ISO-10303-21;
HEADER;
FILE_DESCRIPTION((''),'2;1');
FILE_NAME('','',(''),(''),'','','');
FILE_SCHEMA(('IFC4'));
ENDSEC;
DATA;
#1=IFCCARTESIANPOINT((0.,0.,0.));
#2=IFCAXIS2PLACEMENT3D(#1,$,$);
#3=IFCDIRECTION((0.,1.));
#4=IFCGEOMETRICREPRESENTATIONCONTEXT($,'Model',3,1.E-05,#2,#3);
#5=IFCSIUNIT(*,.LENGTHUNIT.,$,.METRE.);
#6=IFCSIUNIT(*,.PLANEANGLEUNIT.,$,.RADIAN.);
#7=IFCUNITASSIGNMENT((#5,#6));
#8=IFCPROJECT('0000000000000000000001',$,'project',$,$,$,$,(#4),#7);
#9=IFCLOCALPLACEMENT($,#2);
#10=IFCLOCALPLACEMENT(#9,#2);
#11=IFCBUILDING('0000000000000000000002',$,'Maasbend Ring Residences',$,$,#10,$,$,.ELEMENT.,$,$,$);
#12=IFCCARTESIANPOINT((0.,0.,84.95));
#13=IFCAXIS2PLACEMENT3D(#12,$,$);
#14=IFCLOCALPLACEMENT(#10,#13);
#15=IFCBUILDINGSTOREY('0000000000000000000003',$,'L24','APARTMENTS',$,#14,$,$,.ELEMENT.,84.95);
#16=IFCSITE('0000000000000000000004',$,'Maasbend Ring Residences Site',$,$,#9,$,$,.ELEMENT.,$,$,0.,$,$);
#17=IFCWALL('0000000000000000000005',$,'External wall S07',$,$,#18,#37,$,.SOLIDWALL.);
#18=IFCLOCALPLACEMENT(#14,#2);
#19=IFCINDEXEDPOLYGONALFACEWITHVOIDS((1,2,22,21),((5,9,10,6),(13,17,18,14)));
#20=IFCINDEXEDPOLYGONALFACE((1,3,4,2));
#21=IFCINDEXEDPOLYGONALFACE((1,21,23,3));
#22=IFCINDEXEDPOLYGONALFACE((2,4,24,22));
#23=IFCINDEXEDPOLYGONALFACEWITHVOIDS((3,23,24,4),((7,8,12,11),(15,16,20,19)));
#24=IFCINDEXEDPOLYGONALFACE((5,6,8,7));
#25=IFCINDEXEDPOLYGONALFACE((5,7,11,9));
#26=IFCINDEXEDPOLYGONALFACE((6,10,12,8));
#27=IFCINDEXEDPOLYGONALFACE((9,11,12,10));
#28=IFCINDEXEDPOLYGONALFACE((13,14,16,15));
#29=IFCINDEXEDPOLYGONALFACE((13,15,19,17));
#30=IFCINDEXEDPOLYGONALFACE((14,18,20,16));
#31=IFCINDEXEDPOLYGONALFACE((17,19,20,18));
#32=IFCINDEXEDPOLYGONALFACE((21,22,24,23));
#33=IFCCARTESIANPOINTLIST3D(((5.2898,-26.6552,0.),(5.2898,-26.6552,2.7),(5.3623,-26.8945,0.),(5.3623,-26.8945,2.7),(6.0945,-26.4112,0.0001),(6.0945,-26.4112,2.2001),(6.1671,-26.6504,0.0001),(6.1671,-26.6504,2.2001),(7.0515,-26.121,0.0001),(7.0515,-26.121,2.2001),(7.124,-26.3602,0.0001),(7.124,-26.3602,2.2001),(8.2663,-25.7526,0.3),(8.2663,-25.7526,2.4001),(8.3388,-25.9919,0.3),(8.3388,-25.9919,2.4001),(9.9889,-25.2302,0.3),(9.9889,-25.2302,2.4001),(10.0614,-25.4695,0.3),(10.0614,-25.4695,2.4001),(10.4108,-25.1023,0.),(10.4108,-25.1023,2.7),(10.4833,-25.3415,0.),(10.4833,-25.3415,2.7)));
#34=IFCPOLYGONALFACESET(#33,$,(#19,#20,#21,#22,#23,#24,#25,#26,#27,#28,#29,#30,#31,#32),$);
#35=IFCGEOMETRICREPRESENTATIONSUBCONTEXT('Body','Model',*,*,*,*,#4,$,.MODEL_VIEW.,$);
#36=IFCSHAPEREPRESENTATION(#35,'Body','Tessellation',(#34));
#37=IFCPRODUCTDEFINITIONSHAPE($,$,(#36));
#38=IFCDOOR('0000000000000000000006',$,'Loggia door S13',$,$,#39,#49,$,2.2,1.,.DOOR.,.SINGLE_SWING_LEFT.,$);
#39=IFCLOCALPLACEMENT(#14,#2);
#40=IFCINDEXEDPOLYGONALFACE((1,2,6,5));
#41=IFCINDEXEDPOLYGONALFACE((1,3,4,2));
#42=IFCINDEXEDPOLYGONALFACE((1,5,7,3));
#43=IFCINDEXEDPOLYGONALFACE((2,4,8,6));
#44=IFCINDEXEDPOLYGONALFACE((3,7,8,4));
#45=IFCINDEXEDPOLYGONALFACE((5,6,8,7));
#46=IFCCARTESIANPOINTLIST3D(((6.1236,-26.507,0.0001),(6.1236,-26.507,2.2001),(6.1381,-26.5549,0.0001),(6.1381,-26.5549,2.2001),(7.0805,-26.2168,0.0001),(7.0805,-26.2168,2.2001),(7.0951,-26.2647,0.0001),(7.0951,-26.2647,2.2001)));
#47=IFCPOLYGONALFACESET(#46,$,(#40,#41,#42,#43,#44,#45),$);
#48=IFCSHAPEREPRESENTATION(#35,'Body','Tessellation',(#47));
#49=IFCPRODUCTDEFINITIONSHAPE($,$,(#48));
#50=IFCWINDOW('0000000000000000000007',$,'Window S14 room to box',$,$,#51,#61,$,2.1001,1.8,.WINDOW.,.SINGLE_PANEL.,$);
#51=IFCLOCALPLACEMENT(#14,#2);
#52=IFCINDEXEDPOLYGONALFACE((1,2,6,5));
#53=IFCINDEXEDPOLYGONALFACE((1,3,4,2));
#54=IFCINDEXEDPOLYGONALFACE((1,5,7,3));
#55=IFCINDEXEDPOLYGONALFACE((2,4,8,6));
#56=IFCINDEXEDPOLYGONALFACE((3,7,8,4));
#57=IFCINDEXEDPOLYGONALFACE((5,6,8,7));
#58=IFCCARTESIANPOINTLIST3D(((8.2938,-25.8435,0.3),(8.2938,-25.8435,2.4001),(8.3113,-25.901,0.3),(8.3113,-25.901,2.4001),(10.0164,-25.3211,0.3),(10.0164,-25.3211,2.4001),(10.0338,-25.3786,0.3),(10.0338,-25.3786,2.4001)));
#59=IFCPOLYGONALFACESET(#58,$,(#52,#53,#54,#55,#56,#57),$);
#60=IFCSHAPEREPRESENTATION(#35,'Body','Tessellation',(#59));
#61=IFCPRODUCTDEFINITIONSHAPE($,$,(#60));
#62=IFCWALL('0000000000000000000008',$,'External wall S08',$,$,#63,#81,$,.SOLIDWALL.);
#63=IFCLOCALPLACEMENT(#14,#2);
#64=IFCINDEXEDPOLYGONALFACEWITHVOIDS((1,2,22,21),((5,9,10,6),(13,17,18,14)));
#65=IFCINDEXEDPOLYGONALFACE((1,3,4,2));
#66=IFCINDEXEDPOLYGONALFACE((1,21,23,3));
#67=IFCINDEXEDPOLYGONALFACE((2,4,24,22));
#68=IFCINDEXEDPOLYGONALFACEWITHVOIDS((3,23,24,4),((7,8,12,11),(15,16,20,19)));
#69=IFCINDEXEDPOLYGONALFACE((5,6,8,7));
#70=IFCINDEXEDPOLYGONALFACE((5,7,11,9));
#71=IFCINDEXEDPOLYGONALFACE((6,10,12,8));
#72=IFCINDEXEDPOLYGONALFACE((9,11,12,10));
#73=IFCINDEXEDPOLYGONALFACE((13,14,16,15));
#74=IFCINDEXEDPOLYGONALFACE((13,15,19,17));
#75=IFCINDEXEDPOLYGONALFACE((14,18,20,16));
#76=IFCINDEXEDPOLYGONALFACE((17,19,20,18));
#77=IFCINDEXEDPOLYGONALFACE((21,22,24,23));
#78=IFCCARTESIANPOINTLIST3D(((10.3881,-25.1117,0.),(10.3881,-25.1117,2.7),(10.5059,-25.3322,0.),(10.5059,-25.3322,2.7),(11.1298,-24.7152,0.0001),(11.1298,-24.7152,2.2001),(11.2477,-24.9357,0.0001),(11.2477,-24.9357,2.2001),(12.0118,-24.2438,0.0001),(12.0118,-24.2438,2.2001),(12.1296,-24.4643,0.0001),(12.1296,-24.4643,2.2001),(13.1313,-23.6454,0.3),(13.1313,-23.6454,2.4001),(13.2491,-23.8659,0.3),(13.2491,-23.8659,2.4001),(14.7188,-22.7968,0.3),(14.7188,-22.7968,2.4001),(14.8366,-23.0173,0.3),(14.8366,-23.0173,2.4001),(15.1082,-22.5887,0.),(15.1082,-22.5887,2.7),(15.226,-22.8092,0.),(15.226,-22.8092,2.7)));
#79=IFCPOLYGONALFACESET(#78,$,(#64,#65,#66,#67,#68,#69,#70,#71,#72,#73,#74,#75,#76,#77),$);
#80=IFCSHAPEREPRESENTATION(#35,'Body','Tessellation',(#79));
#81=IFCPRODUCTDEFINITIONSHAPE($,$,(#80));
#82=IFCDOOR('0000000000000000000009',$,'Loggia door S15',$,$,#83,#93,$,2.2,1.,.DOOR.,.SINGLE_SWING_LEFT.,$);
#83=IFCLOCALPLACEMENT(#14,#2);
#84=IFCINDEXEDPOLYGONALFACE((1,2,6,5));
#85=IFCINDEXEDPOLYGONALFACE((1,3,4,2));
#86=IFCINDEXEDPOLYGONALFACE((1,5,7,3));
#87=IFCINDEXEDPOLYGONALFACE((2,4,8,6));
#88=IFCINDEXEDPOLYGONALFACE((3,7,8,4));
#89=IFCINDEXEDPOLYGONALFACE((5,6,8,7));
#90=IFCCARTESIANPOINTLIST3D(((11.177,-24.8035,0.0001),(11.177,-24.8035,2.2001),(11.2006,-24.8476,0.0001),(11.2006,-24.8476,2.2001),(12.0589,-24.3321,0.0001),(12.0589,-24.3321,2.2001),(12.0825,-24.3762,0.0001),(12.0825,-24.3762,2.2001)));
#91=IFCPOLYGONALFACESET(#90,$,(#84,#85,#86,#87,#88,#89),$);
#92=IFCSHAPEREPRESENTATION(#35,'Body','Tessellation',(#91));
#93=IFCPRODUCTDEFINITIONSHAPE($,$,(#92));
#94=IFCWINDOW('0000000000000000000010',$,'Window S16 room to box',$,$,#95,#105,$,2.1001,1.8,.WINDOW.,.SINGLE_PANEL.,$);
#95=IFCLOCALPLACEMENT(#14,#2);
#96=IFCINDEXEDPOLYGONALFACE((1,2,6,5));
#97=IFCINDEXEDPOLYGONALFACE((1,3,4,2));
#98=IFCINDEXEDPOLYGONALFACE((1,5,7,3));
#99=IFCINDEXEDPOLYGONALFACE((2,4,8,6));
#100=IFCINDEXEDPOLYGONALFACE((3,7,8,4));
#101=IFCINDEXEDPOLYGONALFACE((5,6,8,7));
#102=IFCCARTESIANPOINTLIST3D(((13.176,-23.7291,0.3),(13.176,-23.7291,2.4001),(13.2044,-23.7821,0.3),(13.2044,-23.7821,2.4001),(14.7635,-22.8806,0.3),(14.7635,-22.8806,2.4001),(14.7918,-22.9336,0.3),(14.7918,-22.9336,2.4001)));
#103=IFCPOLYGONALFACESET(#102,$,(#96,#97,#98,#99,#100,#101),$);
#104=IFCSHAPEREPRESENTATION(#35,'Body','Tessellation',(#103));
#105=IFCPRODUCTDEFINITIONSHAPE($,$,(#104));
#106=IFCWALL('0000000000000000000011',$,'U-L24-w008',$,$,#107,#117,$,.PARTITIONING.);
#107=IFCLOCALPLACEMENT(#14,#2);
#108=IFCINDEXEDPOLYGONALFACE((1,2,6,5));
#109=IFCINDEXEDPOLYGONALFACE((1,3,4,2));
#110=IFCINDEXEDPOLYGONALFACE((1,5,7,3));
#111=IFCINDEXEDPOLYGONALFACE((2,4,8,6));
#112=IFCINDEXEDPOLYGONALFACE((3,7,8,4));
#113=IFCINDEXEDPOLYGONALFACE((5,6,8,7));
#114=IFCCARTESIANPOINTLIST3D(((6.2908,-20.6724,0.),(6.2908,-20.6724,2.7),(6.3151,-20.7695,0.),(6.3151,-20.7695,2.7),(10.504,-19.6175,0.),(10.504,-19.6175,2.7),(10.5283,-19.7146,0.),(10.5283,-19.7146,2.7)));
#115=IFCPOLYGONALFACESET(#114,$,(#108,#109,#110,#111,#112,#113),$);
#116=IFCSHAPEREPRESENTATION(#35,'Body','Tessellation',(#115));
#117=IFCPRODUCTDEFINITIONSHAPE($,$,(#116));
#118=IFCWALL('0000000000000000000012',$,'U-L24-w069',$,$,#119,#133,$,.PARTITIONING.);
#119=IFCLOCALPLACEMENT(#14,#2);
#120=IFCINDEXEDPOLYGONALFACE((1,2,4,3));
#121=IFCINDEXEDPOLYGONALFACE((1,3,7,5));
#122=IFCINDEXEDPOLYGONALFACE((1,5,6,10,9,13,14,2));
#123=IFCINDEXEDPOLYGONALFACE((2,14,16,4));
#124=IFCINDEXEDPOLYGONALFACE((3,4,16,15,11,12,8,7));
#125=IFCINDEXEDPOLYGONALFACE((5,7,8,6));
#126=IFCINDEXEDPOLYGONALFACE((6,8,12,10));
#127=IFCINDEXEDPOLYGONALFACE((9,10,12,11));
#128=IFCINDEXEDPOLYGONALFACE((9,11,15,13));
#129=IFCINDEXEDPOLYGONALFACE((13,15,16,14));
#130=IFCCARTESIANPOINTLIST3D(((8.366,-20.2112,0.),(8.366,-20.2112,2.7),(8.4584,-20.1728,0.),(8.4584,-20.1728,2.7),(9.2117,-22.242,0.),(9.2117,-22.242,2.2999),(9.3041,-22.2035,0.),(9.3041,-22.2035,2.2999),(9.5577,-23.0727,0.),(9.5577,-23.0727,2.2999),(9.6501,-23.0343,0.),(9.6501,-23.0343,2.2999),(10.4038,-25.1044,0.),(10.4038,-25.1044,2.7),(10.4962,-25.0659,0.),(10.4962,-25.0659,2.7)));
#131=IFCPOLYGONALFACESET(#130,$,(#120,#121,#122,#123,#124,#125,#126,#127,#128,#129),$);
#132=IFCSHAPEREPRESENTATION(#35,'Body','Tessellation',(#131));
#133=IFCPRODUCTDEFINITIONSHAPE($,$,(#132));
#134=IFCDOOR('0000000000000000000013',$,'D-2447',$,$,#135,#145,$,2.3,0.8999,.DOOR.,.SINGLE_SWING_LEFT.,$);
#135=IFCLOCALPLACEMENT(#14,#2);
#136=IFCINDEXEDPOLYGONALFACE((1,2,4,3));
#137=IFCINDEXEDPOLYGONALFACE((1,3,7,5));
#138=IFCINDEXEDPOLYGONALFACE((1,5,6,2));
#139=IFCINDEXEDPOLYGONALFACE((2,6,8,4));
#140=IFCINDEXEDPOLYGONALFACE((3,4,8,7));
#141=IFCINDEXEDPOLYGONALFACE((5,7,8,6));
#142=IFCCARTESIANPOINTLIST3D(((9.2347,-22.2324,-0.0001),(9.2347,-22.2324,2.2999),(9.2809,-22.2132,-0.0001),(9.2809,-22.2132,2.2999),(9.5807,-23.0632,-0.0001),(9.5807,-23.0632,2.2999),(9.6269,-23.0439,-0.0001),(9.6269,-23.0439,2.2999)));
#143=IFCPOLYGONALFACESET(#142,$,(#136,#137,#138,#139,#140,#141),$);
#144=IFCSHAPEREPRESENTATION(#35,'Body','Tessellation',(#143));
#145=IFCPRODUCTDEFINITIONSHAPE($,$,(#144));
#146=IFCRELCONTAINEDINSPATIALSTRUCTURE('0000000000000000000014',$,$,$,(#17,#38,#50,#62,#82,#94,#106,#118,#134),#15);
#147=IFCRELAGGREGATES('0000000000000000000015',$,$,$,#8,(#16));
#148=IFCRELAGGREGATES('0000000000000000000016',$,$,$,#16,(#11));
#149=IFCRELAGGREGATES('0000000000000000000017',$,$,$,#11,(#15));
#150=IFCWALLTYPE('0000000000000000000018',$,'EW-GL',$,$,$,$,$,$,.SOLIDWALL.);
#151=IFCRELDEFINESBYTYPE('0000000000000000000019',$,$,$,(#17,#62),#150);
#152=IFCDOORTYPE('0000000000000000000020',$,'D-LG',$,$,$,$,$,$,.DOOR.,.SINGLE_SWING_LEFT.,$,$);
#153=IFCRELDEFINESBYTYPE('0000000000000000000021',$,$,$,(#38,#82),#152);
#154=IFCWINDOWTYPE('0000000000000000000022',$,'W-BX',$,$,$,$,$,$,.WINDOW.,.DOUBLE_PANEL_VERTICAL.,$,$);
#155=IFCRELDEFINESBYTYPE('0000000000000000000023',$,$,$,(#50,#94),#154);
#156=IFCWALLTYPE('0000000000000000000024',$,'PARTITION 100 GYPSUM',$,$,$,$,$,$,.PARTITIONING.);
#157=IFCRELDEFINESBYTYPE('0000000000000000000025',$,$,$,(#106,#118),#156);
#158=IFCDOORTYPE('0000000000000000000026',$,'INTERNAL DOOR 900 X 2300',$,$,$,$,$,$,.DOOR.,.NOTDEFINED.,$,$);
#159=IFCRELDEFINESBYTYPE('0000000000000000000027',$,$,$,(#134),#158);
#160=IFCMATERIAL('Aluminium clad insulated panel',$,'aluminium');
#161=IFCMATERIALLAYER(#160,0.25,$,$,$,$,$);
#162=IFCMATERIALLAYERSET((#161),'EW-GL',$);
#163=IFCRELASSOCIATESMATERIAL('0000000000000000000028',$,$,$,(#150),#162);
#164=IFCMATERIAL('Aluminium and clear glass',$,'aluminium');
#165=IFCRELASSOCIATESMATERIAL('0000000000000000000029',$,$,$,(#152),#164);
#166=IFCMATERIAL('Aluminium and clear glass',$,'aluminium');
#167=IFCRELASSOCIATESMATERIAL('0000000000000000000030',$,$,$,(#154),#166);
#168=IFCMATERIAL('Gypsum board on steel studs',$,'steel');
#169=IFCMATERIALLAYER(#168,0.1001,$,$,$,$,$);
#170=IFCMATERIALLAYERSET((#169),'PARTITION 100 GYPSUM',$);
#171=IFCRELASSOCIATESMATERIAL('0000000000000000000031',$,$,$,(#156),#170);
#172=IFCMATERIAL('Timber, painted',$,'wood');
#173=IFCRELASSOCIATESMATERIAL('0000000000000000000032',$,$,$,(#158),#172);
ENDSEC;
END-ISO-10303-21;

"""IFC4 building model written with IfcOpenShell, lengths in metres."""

from ifc_helpers import new_model, si_unit, direction, frame, frame_2d, origin, place, context, subcontext, project, spatial, rectangle, extrude, material, layer, layer_set, type_object, element, fill, save


model = new_model("IFC4")

# Units and contexts
model_context = context("Model", 3, precision=1e-05, world=origin(), true_north=direction((0.0, 1.0)))
body_context = subcontext(model_context, "Body", "Model", "MODEL_VIEW")
ifc_project = project(units=[si_unit("LENGTHUNIT", "METRE"), si_unit("PLANEANGLEUNIT", "RADIAN")], contexts=[model_context])

# Site, building, storey
site_placement = place(None, origin())
site = spatial("IfcSite", under=ifc_project, at=site_placement, Name="Maasbend Ring Residences Site", CompositionType="ELEMENT", RefElevation=0.0)
building_placement = place(site_placement, origin())
building = spatial("IfcBuilding", under=site, at=building_placement, Name="Maasbend Ring Residences", CompositionType="ELEMENT")
storey_placement = place(building_placement, frame((0.0, 0.0, 84.95)))
storey = spatial("IfcBuildingStorey", under=building, at=storey_placement, Name="L24", Description="APARTMENTS", CompositionType="ELEMENT", Elevation=84.95)

# Walls, openings, doors, windows
ifc_material_1 = material(Name="Aluminium clad insulated panel", Category="aluminium")
ifc_layer_1 = layer(ifc_material_1, 0.25)
ifc_layer_set_1 = layer_set([ifc_layer_1], Name="EW-GL")
wall_type_1 = type_object("IfcWallType", Name="EW-GL", PredefinedType="SOLIDWALL", material=ifc_layer_set_1)
wall_1_placement = place(storey_placement, frame((5.3259, -26.7749, 0.0), z_axis=(0.0, 0.0, 1.0), x_axis=(0.956966, 0.290201, 0.0)))
wall_1 = element("IfcWall", 1, at=wall_1_placement, inside=storey, type_object=wall_type_1, Name="External wall S07", PredefinedType="SOLIDWALL", context=body_context, shape_type="SweptSolid", body=[
    extrude(rectangle(XDim=5.3513, YDim=0.25, at=frame_2d((2.6758, 0.0))), origin(), (0.0, 0.0, 1.0), 2.7),
])
opening_1_placement = place(wall_1_placement, frame((0.8411, 0.0, 0.0)))
opening_1 = element("IfcOpeningElement", 2, at=opening_1_placement, cuts=wall_1, PredefinedType="OPENING", context=body_context, shape_type="SweptSolid", body=[
    extrude(rectangle(XDim=1.0, YDim=2.2, at=frame_2d((0.5, 1.1001))), frame((0.0, 0.135, 0.0), z_axis=(0.0, -1.0, 0.0), x_axis=(1.0, 0.0, 0.0)), (0.0, 0.0, 1.0), 0.27),
])
opening_2_placement = place(wall_1_placement, frame((3.1106, 0.0, 0.3)))
opening_2 = element("IfcOpeningElement", 3, at=opening_2_placement, cuts=wall_1, PredefinedType="OPENING", context=body_context, shape_type="SweptSolid", body=[
    extrude(rectangle(XDim=1.8, YDim=2.1001, at=frame_2d((0.8999, 1.05))), frame((0.0, 0.135, 0.0), z_axis=(0.0, -1.0, 0.0), x_axis=(1.0, 0.0, 0.0)), (0.0, 0.0, 1.0), 0.27),
])
ifc_material_2 = material(Name="Aluminium and clear glass", Category="aluminium")
door_type_1 = type_object("IfcDoorType", Name="D-LG", OperationType="SINGLE_SWING_LEFT", PredefinedType="DOOR", material=ifc_material_2)
door_1_placement = place(opening_1_placement, origin())
door_1 = element("IfcDoor", 4, at=door_1_placement, inside=storey, type_object=door_type_1, Name="Loggia door S13", OperationType="SINGLE_SWING_LEFT", OverallHeight=2.2, OverallWidth=1.0, PredefinedType="DOOR", context=body_context, shape_type="SweptSolid", body=[
    extrude(rectangle(XDim=1.0, YDim=2.2, at=frame_2d((0.5, 1.1001))), frame((0.0, 0.0249, 0.0), z_axis=(0.0, -1.0, 0.0), x_axis=(1.0, 0.0, 0.0)), (0.0, 0.0, 1.0), 0.05),
])
fill(opening_1, door_1)
ifc_material_3 = material(Name="Aluminium and clear glass", Category="aluminium")
window_type_1 = type_object("IfcWindowType", Name="W-BX", PartitioningType="DOUBLE_PANEL_VERTICAL", PredefinedType="WINDOW", material=ifc_material_3)
window_1_placement = place(opening_2_placement, origin())
window_1 = element("IfcWindow", 5, at=window_1_placement, inside=storey, type_object=window_type_1, Name="Window S14 room to box", OverallHeight=2.1001, OverallWidth=1.8, PartitioningType="SINGLE_PANEL", PredefinedType="WINDOW", context=body_context, shape_type="SweptSolid", body=[
    extrude(rectangle(XDim=1.8, YDim=2.1001, at=frame_2d((0.8999, 1.05))), frame((0.0, 0.03, 0.0), z_axis=(0.0, -1.0, 0.0), x_axis=(1.0, 0.0, 0.0)), (0.0, 0.0, 1.0), 0.0601),
])
fill(opening_2, window_1)
wall_2_placement = place(storey_placement, frame((10.447, -25.2219, 0.0), z_axis=(0.0, 0.0, 1.0), x_axis=(0.881916, 0.471407, 0.0)))
wall_2 = element("IfcWall", 6, at=wall_2_placement, inside=storey, type_object=wall_type_1, Name="External wall S08", PredefinedType="SOLIDWALL", context=body_context, shape_type="SweptSolid", body=[
    extrude(rectangle(XDim=5.3521, YDim=0.25, at=frame_2d((2.676, 0.0))), origin(), (0.0, 0.0, 1.0), 2.7),
])
opening_3_placement = place(wall_2_placement, frame((0.8411, 0.0, 0.0)))
opening_3 = element("IfcOpeningElement", 7, at=opening_3_placement, cuts=wall_2, PredefinedType="OPENING", context=body_context, shape_type="SweptSolid", body=[
    extrude(rectangle(XDim=1.0, YDim=2.2, at=frame_2d((0.5, 1.1001))), frame((0.0, 0.135, 0.0), z_axis=(0.0, -1.0, 0.0), x_axis=(1.0, 0.0, 0.0)), (0.0, 0.0, 1.0), 0.27),
])
opening_4_placement = place(wall_2_placement, frame((3.1106, 0.0, 0.3)))
opening_4 = element("IfcOpeningElement", 8, at=opening_4_placement, cuts=wall_2, PredefinedType="OPENING", context=body_context, shape_type="SweptSolid", body=[
    extrude(rectangle(XDim=1.8, YDim=2.1001, at=frame_2d((0.8999, 1.05))), frame((0.0, 0.135, 0.0), z_axis=(0.0, -1.0, 0.0), x_axis=(1.0, 0.0, 0.0)), (0.0, 0.0, 1.0), 0.27),
])
door_2_placement = place(opening_3_placement, origin())
door_2 = element("IfcDoor", 9, at=door_2_placement, inside=storey, type_object=door_type_1, Name="Loggia door S15", OperationType="SINGLE_SWING_LEFT", OverallHeight=2.2, OverallWidth=1.0, PredefinedType="DOOR", context=body_context, shape_type="SweptSolid", body=[
    extrude(rectangle(XDim=1.0, YDim=2.2, at=frame_2d((0.5, 1.1001))), frame((0.0, 0.0249, 0.0), z_axis=(0.0, -1.0, 0.0), x_axis=(1.0, 0.0, 0.0)), (0.0, 0.0, 1.0), 0.05),
])
fill(opening_3, door_2)
window_2_placement = place(opening_4_placement, origin())
window_2 = element("IfcWindow", 10, at=window_2_placement, inside=storey, type_object=window_type_1, Name="Window S16 room to box", OverallHeight=2.1001, OverallWidth=1.8, PartitioningType="SINGLE_PANEL", PredefinedType="WINDOW", context=body_context, shape_type="SweptSolid", body=[
    extrude(rectangle(XDim=1.8, YDim=2.1001, at=frame_2d((0.8999, 1.05))), frame((0.0, 0.03, 0.0), z_axis=(0.0, -1.0, 0.0), x_axis=(1.0, 0.0, 0.0)), (0.0, 0.0, 1.0), 0.0601),
])
fill(opening_4, window_2)

# Wall
ifc_material_4 = material(Name="Gypsum board on steel studs", Category="steel")
ifc_layer_2 = layer(ifc_material_4, 0.1001)
ifc_layer_set_2 = layer_set([ifc_layer_2], Name="PARTITION 100 GYPSUM")
wall_type_2 = type_object("IfcWallType", Name="PARTITION 100 GYPSUM", PredefinedType="PARTITIONING", material=ifc_layer_set_2)
wall_3_placement = place(storey_placement, frame((6.303, -20.7209, 0.0), z_axis=(0.0, 0.0, 1.0), x_axis=(0.970053, 0.242893, 0.0)))
element("IfcWall", 11, at=wall_3_placement, inside=storey, type_object=wall_type_2, Name="U-L24-w008", PredefinedType="PARTITIONING", context=body_context, shape_type="SweptSolid", body=[
    extrude(rectangle(XDim=4.3433, YDim=0.1001, at=frame_2d((2.1716, 0.0))), origin(), (0.0, 0.0, 1.0), 2.7),
])

# Wall, opening, door
wall_4_placement = place(storey_placement, frame((8.4121, -20.1919, 0.0), z_axis=(0.0, 0.0, 1.0), x_axis=(0.384465, -0.92314, 0.0)))
wall_4 = element("IfcWall", 12, at=wall_4_placement, inside=storey, type_object=wall_type_2, Name="U-L24-w069", PredefinedType="PARTITIONING", context=body_context, shape_type="SweptSolid", body=[
    extrude(rectangle(XDim=5.3005, YDim=0.1001, at=frame_2d((2.6504, 0.0))), origin(), (0.0, 0.0, 1.0), 2.7),
])
opening_5_placement = place(wall_4_placement, frame((2.2, 0.0, 0.0)))
opening_5 = element("IfcOpeningElement", 13, at=opening_5_placement, cuts=wall_4, PredefinedType="OPENING", context=body_context, shape_type="SweptSolid", body=[
    extrude(rectangle(XDim=0.8999, YDim=2.3, at=frame_2d((0.45, 1.1499))), frame((0.0, 0.0601, 0.0), z_axis=(0.0, -1.0, 0.0), x_axis=(1.0, 0.0, 0.0)), (0.0, 0.0, 1.0), 0.1201),
])
ifc_material_5 = material(Name="Timber, painted", Category="wood")
door_type_2 = type_object("IfcDoorType", Name="INTERNAL DOOR 900 X 2300", OperationType="NOTDEFINED", PredefinedType="DOOR", material=ifc_material_5)
door_3_placement = place(opening_5_placement, origin())
door_3 = element("IfcDoor", 14, at=door_3_placement, inside=storey, type_object=door_type_2, Name="D-2447", OperationType="SINGLE_SWING_LEFT", OverallHeight=2.3, OverallWidth=0.8999, PredefinedType="DOOR", context=body_context, shape_type="SweptSolid", body=[
    extrude(rectangle(XDim=0.8999, YDim=2.3, at=frame_2d((0.45, 1.1499))), frame((0.0, 0.0249, 0.0), z_axis=(0.0, -1.0, 0.0), x_axis=(1.0, 0.0, 0.0)), (0.0, 0.0, 1.0), 0.05),
])
fill(opening_5, door_3)

save(model, "model.ifc")
